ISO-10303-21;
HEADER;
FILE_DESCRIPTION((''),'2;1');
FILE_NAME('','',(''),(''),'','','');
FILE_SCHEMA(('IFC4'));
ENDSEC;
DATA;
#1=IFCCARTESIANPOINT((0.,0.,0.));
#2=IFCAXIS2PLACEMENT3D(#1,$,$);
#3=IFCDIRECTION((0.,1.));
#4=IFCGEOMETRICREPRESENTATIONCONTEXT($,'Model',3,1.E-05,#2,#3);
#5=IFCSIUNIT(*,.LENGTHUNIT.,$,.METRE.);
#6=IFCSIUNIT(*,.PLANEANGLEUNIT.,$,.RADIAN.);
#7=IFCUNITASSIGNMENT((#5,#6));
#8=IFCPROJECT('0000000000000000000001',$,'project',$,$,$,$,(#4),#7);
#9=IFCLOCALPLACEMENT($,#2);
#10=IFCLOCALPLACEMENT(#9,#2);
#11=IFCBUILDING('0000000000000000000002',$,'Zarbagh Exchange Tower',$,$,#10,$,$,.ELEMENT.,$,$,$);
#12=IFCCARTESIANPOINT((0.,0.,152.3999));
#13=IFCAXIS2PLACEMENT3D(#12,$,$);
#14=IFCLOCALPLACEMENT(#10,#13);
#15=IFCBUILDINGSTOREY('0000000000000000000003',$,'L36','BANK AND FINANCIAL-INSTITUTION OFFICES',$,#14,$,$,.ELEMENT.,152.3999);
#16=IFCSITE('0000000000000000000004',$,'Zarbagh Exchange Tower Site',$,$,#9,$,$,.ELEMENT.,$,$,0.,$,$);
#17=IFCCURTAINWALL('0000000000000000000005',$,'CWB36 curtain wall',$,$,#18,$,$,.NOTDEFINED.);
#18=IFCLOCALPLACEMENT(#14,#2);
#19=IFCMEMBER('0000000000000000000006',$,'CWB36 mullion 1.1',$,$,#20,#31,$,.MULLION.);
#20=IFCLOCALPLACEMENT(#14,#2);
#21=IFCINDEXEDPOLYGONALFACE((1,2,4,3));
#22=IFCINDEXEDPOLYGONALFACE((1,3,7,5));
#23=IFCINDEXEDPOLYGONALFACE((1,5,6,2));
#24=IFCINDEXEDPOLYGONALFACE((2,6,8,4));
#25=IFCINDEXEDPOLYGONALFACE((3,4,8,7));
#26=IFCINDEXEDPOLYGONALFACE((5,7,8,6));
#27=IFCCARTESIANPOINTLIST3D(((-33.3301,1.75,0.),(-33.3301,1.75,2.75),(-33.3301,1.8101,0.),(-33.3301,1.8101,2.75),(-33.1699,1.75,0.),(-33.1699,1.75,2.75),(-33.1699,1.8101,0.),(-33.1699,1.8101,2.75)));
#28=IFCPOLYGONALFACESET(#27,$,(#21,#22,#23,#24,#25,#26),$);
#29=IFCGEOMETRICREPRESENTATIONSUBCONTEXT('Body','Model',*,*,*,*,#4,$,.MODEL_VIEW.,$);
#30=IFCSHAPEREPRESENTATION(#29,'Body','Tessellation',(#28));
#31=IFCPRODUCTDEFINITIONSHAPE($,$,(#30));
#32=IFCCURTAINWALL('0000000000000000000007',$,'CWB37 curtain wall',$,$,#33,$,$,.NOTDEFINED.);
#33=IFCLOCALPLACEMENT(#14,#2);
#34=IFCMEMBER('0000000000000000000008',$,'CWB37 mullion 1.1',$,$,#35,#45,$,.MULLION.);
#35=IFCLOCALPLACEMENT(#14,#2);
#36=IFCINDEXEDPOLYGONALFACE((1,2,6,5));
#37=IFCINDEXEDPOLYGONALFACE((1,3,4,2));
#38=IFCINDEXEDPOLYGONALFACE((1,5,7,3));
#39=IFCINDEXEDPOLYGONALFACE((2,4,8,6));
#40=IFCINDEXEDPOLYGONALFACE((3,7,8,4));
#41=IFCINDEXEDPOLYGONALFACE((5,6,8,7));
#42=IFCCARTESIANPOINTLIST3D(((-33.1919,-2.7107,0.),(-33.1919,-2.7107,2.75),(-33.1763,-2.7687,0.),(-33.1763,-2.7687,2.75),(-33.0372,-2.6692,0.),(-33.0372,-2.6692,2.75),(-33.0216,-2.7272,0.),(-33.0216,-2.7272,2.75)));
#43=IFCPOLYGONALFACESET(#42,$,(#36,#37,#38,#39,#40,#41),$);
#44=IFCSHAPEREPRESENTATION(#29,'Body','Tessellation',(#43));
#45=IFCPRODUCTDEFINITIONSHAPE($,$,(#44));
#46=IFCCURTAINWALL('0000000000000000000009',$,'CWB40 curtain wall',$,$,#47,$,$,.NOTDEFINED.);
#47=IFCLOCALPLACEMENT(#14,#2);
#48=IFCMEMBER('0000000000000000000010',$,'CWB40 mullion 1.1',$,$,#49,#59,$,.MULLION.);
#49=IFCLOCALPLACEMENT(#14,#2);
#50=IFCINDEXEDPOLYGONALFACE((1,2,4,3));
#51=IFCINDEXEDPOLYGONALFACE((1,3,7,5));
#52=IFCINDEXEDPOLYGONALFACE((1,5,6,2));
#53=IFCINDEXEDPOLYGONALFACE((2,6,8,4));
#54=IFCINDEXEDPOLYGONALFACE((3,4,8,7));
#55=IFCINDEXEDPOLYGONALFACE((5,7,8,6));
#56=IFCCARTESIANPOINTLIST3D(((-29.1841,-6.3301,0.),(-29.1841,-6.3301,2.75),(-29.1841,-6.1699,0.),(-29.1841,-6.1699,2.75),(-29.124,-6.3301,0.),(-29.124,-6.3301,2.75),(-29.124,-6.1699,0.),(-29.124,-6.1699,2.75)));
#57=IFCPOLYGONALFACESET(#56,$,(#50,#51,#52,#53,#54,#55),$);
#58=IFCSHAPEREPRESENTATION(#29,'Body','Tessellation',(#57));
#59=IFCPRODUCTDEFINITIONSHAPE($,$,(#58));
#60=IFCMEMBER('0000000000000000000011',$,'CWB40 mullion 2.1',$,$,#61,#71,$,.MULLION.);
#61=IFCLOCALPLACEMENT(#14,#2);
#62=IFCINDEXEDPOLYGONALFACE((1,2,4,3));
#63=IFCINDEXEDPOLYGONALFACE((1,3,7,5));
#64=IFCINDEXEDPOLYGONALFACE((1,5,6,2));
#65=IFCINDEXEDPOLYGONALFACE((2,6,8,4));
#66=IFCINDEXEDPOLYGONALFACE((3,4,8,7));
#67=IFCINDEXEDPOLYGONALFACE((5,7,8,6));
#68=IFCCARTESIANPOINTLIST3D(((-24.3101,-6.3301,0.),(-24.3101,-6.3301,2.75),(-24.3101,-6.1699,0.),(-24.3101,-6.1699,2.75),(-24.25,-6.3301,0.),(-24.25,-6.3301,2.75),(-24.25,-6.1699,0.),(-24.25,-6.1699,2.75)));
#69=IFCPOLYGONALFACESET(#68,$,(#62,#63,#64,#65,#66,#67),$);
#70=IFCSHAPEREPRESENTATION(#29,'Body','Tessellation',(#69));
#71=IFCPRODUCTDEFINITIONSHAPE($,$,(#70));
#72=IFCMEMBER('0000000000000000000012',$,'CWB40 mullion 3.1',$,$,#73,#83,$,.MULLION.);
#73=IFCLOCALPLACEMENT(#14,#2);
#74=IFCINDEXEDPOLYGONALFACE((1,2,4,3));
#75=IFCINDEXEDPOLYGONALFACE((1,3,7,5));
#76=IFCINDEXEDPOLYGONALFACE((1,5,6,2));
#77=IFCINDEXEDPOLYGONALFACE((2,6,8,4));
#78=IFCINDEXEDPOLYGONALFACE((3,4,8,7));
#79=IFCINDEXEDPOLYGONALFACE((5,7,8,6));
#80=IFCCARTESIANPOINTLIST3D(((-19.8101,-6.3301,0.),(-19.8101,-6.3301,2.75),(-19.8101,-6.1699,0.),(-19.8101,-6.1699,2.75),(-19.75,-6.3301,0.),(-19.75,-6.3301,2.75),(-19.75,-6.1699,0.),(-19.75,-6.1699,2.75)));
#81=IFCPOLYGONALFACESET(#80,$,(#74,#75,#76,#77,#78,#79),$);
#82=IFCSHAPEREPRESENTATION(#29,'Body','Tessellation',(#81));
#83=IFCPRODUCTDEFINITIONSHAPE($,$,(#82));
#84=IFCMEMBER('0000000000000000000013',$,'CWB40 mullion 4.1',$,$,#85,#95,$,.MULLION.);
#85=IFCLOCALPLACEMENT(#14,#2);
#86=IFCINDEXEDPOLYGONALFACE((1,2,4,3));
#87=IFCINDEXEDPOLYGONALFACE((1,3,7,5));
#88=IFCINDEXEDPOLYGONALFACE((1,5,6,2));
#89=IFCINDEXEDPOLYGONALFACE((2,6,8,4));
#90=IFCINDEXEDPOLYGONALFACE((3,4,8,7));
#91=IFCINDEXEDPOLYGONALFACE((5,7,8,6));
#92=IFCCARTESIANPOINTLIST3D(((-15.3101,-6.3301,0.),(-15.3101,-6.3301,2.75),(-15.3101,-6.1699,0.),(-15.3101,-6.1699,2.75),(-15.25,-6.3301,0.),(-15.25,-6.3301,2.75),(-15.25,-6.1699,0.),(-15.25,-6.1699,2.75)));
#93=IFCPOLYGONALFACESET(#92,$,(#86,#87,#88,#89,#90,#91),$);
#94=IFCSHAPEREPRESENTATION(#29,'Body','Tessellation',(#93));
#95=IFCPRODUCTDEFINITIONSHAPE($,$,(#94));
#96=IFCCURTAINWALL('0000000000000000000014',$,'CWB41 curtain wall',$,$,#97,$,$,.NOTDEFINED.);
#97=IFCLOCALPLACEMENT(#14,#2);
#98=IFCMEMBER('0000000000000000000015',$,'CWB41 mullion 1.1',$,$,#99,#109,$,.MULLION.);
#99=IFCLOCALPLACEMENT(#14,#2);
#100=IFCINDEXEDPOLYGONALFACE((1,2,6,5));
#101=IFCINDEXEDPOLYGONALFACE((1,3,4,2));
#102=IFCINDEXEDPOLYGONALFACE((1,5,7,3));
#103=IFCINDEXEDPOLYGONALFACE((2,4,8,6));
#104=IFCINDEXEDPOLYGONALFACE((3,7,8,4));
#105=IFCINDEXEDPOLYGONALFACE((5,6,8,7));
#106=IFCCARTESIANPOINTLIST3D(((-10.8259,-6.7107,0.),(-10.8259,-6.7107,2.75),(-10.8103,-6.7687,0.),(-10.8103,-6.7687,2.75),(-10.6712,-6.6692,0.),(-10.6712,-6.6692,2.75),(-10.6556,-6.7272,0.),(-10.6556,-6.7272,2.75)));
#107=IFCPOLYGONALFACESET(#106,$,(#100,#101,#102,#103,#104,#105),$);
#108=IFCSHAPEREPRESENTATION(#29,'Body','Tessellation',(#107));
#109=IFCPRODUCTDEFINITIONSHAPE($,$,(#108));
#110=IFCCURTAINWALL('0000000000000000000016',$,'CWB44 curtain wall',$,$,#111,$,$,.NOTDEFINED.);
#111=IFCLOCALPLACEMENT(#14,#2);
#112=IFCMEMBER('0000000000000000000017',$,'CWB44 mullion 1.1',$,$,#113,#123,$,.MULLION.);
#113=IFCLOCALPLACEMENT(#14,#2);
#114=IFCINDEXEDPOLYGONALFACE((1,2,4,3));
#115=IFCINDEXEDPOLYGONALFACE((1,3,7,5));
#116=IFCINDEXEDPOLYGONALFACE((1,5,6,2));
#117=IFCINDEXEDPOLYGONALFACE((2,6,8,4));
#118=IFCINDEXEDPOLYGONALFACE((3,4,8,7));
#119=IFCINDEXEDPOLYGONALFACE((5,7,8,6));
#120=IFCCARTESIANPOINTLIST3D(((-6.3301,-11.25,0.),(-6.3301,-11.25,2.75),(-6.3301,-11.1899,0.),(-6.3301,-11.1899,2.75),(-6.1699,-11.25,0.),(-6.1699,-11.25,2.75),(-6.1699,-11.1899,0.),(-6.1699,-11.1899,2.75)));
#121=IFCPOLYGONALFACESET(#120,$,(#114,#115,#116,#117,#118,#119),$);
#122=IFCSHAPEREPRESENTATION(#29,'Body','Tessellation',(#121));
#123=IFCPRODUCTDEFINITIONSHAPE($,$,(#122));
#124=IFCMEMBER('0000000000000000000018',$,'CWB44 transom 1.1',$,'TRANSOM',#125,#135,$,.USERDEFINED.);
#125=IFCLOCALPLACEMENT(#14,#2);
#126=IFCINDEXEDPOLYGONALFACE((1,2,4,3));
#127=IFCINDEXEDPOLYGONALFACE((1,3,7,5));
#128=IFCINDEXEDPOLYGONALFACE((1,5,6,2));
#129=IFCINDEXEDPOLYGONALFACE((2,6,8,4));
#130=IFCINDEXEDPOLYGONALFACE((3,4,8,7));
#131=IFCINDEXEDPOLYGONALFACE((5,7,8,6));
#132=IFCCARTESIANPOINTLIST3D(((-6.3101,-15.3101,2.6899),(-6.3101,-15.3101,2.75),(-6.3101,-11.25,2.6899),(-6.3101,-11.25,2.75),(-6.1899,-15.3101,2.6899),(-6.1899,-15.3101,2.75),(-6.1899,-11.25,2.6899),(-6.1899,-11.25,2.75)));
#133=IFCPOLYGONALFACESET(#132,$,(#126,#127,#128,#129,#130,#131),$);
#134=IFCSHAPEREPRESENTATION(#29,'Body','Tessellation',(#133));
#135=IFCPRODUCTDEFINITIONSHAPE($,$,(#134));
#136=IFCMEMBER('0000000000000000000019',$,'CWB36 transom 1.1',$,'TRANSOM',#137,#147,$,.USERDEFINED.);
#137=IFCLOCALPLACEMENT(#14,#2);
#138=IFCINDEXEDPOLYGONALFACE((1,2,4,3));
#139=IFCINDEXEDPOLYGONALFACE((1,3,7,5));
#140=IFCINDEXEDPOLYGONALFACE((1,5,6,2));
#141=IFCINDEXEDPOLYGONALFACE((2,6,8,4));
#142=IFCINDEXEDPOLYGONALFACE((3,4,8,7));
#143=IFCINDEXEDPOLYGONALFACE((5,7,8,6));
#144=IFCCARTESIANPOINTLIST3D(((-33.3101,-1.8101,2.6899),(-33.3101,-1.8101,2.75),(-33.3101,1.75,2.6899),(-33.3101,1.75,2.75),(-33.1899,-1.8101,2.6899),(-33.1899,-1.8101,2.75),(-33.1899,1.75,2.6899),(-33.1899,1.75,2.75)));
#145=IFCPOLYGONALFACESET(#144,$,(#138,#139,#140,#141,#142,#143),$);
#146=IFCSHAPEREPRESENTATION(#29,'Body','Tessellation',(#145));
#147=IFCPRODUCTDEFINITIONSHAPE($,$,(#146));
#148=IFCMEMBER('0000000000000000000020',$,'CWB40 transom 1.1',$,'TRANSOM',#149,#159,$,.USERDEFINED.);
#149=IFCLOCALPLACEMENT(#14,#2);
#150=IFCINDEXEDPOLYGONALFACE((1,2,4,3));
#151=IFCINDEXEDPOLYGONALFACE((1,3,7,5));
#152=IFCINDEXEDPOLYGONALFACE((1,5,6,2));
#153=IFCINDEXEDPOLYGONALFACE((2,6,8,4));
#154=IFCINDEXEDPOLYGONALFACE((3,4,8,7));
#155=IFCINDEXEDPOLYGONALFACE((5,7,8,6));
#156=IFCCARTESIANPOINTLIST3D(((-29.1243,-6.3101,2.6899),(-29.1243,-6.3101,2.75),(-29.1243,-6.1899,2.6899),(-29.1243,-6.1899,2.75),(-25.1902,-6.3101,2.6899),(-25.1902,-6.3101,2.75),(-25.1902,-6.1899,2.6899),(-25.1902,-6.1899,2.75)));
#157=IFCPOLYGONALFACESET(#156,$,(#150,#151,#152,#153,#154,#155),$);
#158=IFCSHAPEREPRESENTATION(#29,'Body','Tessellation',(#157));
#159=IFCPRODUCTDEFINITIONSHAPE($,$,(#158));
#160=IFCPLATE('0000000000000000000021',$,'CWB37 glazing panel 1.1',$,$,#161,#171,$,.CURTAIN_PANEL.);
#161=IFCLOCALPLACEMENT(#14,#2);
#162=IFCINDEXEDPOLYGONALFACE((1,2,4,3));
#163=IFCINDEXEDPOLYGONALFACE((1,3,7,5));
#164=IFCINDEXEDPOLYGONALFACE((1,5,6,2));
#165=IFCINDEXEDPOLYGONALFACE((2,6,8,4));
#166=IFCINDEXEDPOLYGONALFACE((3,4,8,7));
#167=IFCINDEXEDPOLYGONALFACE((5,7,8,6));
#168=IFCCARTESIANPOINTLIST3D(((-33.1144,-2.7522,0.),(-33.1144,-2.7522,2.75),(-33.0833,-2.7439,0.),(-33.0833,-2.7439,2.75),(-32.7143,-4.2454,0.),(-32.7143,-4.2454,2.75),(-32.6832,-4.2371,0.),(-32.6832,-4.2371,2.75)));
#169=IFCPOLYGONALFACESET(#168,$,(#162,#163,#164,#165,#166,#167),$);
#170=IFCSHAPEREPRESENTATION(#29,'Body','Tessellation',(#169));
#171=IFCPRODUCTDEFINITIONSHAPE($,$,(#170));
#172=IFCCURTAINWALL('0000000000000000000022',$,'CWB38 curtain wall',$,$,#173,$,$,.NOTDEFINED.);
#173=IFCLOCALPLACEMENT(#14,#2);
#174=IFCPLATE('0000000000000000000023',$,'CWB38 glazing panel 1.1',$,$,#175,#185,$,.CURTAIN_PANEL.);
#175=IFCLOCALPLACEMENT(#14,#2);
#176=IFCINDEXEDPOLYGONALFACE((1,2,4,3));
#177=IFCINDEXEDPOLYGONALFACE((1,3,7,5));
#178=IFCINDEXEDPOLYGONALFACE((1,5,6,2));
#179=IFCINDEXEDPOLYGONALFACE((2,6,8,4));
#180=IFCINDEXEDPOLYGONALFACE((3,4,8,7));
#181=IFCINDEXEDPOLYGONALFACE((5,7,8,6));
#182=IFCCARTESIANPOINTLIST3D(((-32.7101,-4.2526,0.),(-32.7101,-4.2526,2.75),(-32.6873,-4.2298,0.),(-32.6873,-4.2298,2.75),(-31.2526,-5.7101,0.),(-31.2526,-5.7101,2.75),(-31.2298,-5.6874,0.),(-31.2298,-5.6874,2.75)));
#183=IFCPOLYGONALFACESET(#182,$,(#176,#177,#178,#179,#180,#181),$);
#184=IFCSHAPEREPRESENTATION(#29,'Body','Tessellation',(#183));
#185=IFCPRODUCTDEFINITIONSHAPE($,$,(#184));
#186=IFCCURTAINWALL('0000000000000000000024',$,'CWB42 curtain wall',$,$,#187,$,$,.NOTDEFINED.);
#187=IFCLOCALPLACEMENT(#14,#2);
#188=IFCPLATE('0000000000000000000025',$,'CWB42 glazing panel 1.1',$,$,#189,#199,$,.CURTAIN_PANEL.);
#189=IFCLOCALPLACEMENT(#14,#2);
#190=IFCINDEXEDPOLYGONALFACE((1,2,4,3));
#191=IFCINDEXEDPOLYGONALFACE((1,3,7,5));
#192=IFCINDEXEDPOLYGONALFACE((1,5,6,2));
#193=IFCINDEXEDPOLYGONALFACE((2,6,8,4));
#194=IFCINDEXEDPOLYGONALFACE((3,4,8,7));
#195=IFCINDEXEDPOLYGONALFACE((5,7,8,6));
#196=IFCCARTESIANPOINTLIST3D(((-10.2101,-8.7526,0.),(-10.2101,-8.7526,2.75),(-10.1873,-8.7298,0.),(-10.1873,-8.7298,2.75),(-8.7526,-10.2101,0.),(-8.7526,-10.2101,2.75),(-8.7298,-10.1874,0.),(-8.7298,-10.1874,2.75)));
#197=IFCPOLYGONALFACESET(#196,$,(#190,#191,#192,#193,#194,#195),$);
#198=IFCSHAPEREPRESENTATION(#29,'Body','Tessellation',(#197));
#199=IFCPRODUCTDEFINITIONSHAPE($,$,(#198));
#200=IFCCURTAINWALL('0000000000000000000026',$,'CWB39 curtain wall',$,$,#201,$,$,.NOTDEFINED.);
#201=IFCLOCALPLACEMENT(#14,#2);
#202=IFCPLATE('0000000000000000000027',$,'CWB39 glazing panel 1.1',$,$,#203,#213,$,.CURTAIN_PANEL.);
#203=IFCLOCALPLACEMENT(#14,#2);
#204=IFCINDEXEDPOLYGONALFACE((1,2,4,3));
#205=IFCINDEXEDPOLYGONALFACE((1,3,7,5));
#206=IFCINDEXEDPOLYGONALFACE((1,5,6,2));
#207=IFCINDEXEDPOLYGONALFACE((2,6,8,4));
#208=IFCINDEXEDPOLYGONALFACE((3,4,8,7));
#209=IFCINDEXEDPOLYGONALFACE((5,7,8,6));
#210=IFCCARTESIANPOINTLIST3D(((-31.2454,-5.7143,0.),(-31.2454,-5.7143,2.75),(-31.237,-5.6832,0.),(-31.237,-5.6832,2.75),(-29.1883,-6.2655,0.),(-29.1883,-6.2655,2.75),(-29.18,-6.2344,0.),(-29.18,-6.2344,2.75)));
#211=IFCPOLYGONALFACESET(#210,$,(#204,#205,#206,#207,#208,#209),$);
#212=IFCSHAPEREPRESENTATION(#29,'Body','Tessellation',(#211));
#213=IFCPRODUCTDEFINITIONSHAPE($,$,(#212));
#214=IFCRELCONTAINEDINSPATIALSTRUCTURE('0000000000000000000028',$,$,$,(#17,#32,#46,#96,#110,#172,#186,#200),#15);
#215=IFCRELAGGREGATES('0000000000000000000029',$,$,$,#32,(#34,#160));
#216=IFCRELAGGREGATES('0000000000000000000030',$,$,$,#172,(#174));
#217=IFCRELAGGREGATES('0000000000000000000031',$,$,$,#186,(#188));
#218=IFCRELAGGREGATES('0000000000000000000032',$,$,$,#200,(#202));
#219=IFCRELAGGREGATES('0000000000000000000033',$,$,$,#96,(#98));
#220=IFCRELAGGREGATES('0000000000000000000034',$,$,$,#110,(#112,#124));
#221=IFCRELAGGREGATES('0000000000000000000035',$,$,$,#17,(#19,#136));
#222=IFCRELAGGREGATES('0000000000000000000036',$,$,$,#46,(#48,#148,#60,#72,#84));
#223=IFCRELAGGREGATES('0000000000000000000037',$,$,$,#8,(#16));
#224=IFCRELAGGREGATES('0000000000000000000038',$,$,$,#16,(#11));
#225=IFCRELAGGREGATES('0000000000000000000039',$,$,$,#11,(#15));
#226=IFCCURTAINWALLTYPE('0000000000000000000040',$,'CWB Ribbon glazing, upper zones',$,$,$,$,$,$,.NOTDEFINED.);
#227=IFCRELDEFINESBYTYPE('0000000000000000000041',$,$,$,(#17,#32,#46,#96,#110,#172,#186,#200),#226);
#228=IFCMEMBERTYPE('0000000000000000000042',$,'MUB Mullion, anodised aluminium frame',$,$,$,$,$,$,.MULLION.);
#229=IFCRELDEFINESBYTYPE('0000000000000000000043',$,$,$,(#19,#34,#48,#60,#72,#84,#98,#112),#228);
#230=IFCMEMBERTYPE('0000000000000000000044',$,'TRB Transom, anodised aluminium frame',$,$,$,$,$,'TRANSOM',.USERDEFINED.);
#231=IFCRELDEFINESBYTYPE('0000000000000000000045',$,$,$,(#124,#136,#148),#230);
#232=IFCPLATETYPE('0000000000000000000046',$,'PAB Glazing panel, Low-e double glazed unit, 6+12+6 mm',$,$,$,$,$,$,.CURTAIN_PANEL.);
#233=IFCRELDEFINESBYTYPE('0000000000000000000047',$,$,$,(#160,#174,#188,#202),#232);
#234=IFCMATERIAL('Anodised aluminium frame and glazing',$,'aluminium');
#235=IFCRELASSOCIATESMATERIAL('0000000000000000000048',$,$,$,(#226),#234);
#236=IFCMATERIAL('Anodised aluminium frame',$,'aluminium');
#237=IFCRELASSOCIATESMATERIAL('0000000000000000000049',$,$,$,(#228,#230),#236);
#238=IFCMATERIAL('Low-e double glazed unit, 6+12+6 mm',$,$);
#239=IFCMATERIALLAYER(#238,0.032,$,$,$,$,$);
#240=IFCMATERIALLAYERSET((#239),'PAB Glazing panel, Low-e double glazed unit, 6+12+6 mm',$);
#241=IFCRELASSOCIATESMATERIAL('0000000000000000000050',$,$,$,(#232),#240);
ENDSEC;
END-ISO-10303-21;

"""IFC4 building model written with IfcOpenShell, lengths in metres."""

from ifc_helpers import new_model, si_unit, direction, frame, origin, place, context, subcontext, project, spatial, polyline, outline, extrude, source, transform, mapped, material, layer, layer_set, type_object, element, aggregate, save


model = new_model("IFC4")

# Units and contexts
model_context = context("Model", 3, precision=1e-05, world=origin(), true_north=direction((0.0, 1.0)))
body_context = subcontext(model_context, "Body", "Model", "MODEL_VIEW")
ifc_project = project(units=[si_unit("LENGTHUNIT", "METRE"), si_unit("PLANEANGLEUNIT", "RADIAN")], contexts=[model_context])

# Site, building, storey
site_placement = place(None, origin())
site = spatial("IfcSite", under=ifc_project, at=site_placement, Name="Zarbagh Exchange Tower Site", CompositionType="ELEMENT", RefElevation=0.0)
building_placement = place(site_placement, origin())
building = spatial("IfcBuilding", under=site, at=building_placement, Name="Zarbagh Exchange Tower", CompositionType="ELEMENT")
storey_placement = place(building_placement, frame((0.0, 0.0, 152.3999)))
storey = spatial("IfcBuildingStorey", under=building, at=storey_placement, Name="L36", Description="BANK AND FINANCIAL-INSTITUTION OFFICES", CompositionType="ELEMENT", Elevation=152.3999)

# Curtain walls, members
ifc_material_1 = material(Name="Anodised aluminium frame and glazing", Category="aluminium")
curtain_wall_type = type_object("IfcCurtainWallType", Name="CWB Ribbon glazing, upper zones", PredefinedType="NOTDEFINED", material=ifc_material_1)
curtain_wall_1_placement = place(storey_placement, origin())
curtain_wall_1 = element("IfcCurtainWall", 1, at=curtain_wall_1_placement, inside=storey, type_object=curtain_wall_type, Name="CWB36 curtain wall", PredefinedType="NOTDEFINED")
ifc_material_2 = material(Name="Anodised aluminium frame", Category="aluminium")
member_type_1 = type_object("IfcMemberType", Name="MUB Mullion, anodised aluminium frame", PredefinedType="MULLION", material=ifc_material_2)
shared_shape_1 = source(origin(), body_context, "Body", "SweptSolid", [
    extrude(outline(polyline([(0.0, -0.0801), (0.0601, -0.0801), (0.0601, 0.0801), (0.0, 0.0801), (0.0, -0.0801)])), origin(), (0.0, 0.0, 1.0), 2.75),
])
placement = place(storey_placement, origin())
member_1 = element("IfcMember", 2, at=placement, type_object=member_type_1, Name="CWB36 mullion 1.1", PredefinedType="MULLION", context=body_context, shape_type="MappedRepresentation", body=[
    mapped(shared_shape_1, transform((-33.25, 1.8101, 0.0), x_axis=(0.0, -1.0, 0.0), y_axis=(1.0, 0.0, 0.0), z_axis=(0.0, 0.0, 1.0))),
])
curtain_wall_2_placement = place(storey_placement, origin())
curtain_wall_2 = element("IfcCurtainWall", 3, at=curtain_wall_2_placement, inside=storey, type_object=curtain_wall_type, Name="CWB37 curtain wall", PredefinedType="NOTDEFINED")
member_2 = element("IfcMember", 4, at=placement, type_object=member_type_1, Name="CWB37 mullion 1.1", PredefinedType="MULLION", context=body_context, shape_type="MappedRepresentation", body=[
    mapped(shared_shape_1, transform((-33.1145, -2.6899, 0.0), x_axis=(0.258825, -0.965924, 0.0), y_axis=(0.965924, 0.258825, 0.0), z_axis=(0.0, 0.0, 1.0))),
])

# Curtain wall, members
curtain_wall_3_placement = place(storey_placement, origin())
curtain_wall_3 = element("IfcCurtainWall", 5, at=curtain_wall_3_placement, inside=storey, type_object=curtain_wall_type, Name="CWB40 curtain wall", PredefinedType="NOTDEFINED")
member_3 = element("IfcMember", 6, at=placement, type_object=member_type_1, Name="CWB40 mullion 1.1", PredefinedType="MULLION", context=body_context, shape_type="MappedRepresentation", body=[
    mapped(shared_shape_1, transform((-29.1841, -6.25, 0.0), x_axis=(1.0, 0.0, 0.0), y_axis=(0.0, 1.0, 0.0), z_axis=(0.0, 0.0, 1.0))),
])
member_4 = element("IfcMember", 7, at=placement, type_object=member_type_1, Name="CWB40 mullion 2.1", PredefinedType="MULLION", context=body_context, shape_type="MappedRepresentation", body=[
    mapped(shared_shape_1, transform((-24.3101, -6.25, 0.0), x_axis=(1.0, 0.0, 0.0), y_axis=(0.0, 1.0, 0.0), z_axis=(0.0, 0.0, 1.0))),
])
member_5 = element("IfcMember", 8, at=placement, type_object=member_type_1, Name="CWB40 mullion 3.1", PredefinedType="MULLION", context=body_context, shape_type="MappedRepresentation", body=[
    mapped(shared_shape_1, transform((-19.8101, -6.25, 0.0), x_axis=(1.0, 0.0, 0.0), y_axis=(0.0, 1.0, 0.0), z_axis=(0.0, 0.0, 1.0))),
])
member_6 = element("IfcMember", 9, at=placement, type_object=member_type_1, Name="CWB40 mullion 4.1", PredefinedType="MULLION", context=body_context, shape_type="MappedRepresentation", body=[
    mapped(shared_shape_1, transform((-15.3101, -6.25, 0.0), x_axis=(1.0, 0.0, 0.0), y_axis=(0.0, 1.0, 0.0), z_axis=(0.0, 0.0, 1.0))),
])

# Curtain wall, member
curtain_wall_4_placement = place(storey_placement, origin())
curtain_wall_4 = element("IfcCurtainWall", 10, at=curtain_wall_4_placement, inside=storey, type_object=curtain_wall_type, Name="CWB41 curtain wall", PredefinedType="NOTDEFINED")
member_7 = element("IfcMember", 11, at=placement, type_object=member_type_1, Name="CWB41 mullion 1.1", PredefinedType="MULLION", context=body_context, shape_type="MappedRepresentation", body=[
    mapped(shared_shape_1, transform((-10.7485, -6.6899, 0.0), x_axis=(0.258825, -0.965924, 0.0), y_axis=(0.965924, 0.258825, 0.0), z_axis=(0.0, 0.0, 1.0))),
])

# Curtain wall, members
curtain_wall_5_placement = place(storey_placement, origin())
curtain_wall_5 = element("IfcCurtainWall", 12, at=curtain_wall_5_placement, inside=storey, type_object=curtain_wall_type, Name="CWB44 curtain wall", PredefinedType="NOTDEFINED")
member_8 = element("IfcMember", 13, at=placement, type_object=member_type_1, Name="CWB44 mullion 1.1", PredefinedType="MULLION", context=body_context, shape_type="MappedRepresentation", body=[
    mapped(shared_shape_1, transform((-6.25, -11.1899, 0.0), x_axis=(0.0, -1.0, 0.0), y_axis=(1.0, 0.0, 0.0), z_axis=(0.0, 0.0, 1.0))),
])
member_type_2 = type_object("IfcMemberType", Name="TRB Transom, anodised aluminium frame", ElementType="TRANSOM", PredefinedType="USERDEFINED", material=ifc_material_2)
shared_shape_2 = source(origin(), body_context, "Body", "SweptSolid", [
    extrude(outline(polyline([(-0.0601, -0.0601), (0.0, -0.0601), (0.0, 0.0601), (-0.0601, 0.0601), (-0.0601, -0.0601)])), origin(), (0.0, 0.0, 1.0), 4.0601),
])
member_9 = element("IfcMember", 14, at=placement, type_object=member_type_2, Name="CWB44 transom 1.1", ObjectType="TRANSOM", PredefinedType="USERDEFINED", context=body_context, shape_type="MappedRepresentation", body=[
    mapped(shared_shape_2, transform((-6.25, -11.25, 2.75), x_axis=(0.0, 0.0, 1.0), y_axis=(-1.0, 0.0, 0.0), z_axis=(0.0, -1.0, 0.0))),
])

# Members
shared_shape_3 = source(origin(), body_context, "Body", "SweptSolid", [
    extrude(outline(polyline([(-0.0601, -0.0601), (0.0, -0.0601), (0.0, 0.0601), (-0.0601, 0.0601), (-0.0601, -0.0601)])), origin(), (0.0, 0.0, 1.0), 3.5601),
])
member_10 = element("IfcMember", 15, at=placement, type_object=member_type_2, Name="CWB36 transom 1.1", ObjectType="TRANSOM", PredefinedType="USERDEFINED", context=body_context, shape_type="MappedRepresentation", body=[
    mapped(shared_shape_3, transform((-33.25, 1.75, 2.75), x_axis=(0.0, 0.0, 1.0), y_axis=(-1.0, 0.0, 0.0), z_axis=(0.0, -1.0, 0.0))),
])
shared_shape_4 = source(origin(), body_context, "Body", "SweptSolid", [
    extrude(outline(polyline([(-0.0601, -0.0601), (0.0, -0.0601), (0.0, 0.0601), (-0.0601, 0.0601), (-0.0601, -0.0601)])), origin(), (0.0, 0.0, 1.0), 3.9341),
])
member_11 = element("IfcMember", 16, at=placement, type_object=member_type_2, Name="CWB40 transom 1.1", ObjectType="TRANSOM", PredefinedType="USERDEFINED", context=body_context, shape_type="MappedRepresentation", body=[
    mapped(shared_shape_4, transform((-29.1243, -6.25, 2.75), x_axis=(0.0, 0.0, 1.0), y_axis=(0.0, -1.0, 0.0), z_axis=(1.0, 0.0, 0.0))),
])

# Plate
ifc_material_3 = material(Name="Low-e double glazed unit, 6+12+6 mm")
ifc_layer = layer(ifc_material_3, 0.032)
ifc_layer_set = layer_set([ifc_layer], Name="PAB Glazing panel, Low-e double glazed unit, 6+12+6 mm")
plate_type = type_object("IfcPlateType", Name="PAB Glazing panel, Low-e double glazed unit, 6+12+6 mm", PredefinedType="CURTAIN_PANEL", material=ifc_layer_set)
shared_shape_5 = source(origin(), body_context, "Body", "SweptSolid", [
    extrude(outline(polyline([(0.0, -0.0161), (1.5459, -0.0161), (1.5459, 0.0161), (0.0, 0.0161), (0.0, -0.0161)])), origin(), (0.0, 0.0, 1.0), 2.75),
])
plate_1 = element("IfcPlate", 17, at=placement, type_object=plate_type, Name="CWB37 glazing panel 1.1", PredefinedType="CURTAIN_PANEL", context=body_context, shape_type="MappedRepresentation", body=[
    mapped(shared_shape_5, transform((-33.0989, -2.748, 0.0), x_axis=(0.258825, -0.965924, 0.0), y_axis=(0.965924, 0.258825, 0.0), z_axis=(0.0, 0.0, 1.0))),
])
aggregate(curtain_wall_2, [member_2, plate_1])

# Curtain walls, plates
curtain_wall_6_placement = place(storey_placement, origin())
curtain_wall_6 = element("IfcCurtainWall", 18, at=curtain_wall_6_placement, inside=storey, type_object=curtain_wall_type, Name="CWB38 curtain wall", PredefinedType="NOTDEFINED")
shared_shape_6 = source(origin(), body_context, "Body", "SweptSolid", [
    extrude(outline(polyline([(0.0, -0.0161), (2.0613, -0.0161), (2.0613, 0.0161), (0.0, 0.0161), (0.0, -0.0161)])), origin(), (0.0, 0.0, 1.0), 2.75),
])
plate_2 = element("IfcPlate", 19, at=placement, type_object=plate_type, Name="CWB38 glazing panel 1.1", PredefinedType="CURTAIN_PANEL", context=body_context, shape_type="MappedRepresentation", body=[
    mapped(shared_shape_6, transform((-32.6987, -4.2412, 0.0), x_axis=(0.707107, -0.707107, 0.0), y_axis=(0.707107, 0.707107, 0.0), z_axis=(0.0, 0.0, 1.0))),
])
aggregate(curtain_wall_6, [plate_2])
curtain_wall_7_placement = place(storey_placement, origin())
curtain_wall_7 = element("IfcCurtainWall", 20, at=curtain_wall_7_placement, inside=storey, type_object=curtain_wall_type, Name="CWB42 curtain wall", PredefinedType="NOTDEFINED")
plate_3 = element("IfcPlate", 21, at=placement, type_object=plate_type, Name="CWB42 glazing panel 1.1", PredefinedType="CURTAIN_PANEL", context=body_context, shape_type="MappedRepresentation", body=[
    mapped(shared_shape_6, transform((-10.1987, -8.7412, 0.0), x_axis=(0.707107, -0.707107, 0.0), y_axis=(0.707107, 0.707107, 0.0), z_axis=(0.0, 0.0, 1.0))),
])
aggregate(curtain_wall_7, [plate_3])
curtain_wall_8_placement = place(storey_placement, origin())
curtain_wall_8 = element("IfcCurtainWall", 22, at=curtain_wall_8_placement, inside=storey, type_object=curtain_wall_type, Name="CWB39 curtain wall", PredefinedType="NOTDEFINED")
shared_shape_7 = source(origin(), body_context, "Body", "SweptSolid", [
    extrude(outline(polyline([(0.0, -0.0161), (2.1296, -0.0161), (2.1296, 0.0161), (0.0, 0.0161), (0.0, -0.0161)])), origin(), (0.0, 0.0, 1.0), 2.75),
])
plate_4 = element("IfcPlate", 23, at=placement, type_object=plate_type, Name="CWB39 glazing panel 1.1", PredefinedType="CURTAIN_PANEL", context=body_context, shape_type="MappedRepresentation", body=[
    mapped(shared_shape_7, transform((-31.2412, -5.6987, 0.0), x_axis=(0.965924, -0.258825, 0.0), y_axis=(0.258825, 0.965924, 0.0), z_axis=(0.0, 0.0, 1.0))),
])
aggregate(curtain_wall_8, [plate_4])

aggregate(curtain_wall_4, [member_7])

aggregate(curtain_wall_5, [member_8, member_9])

aggregate(curtain_wall_1, [member_1, member_10])
aggregate(curtain_wall_3, [member_3, member_11, member_4, member_5, member_6])

save(model, "model.ifc")
